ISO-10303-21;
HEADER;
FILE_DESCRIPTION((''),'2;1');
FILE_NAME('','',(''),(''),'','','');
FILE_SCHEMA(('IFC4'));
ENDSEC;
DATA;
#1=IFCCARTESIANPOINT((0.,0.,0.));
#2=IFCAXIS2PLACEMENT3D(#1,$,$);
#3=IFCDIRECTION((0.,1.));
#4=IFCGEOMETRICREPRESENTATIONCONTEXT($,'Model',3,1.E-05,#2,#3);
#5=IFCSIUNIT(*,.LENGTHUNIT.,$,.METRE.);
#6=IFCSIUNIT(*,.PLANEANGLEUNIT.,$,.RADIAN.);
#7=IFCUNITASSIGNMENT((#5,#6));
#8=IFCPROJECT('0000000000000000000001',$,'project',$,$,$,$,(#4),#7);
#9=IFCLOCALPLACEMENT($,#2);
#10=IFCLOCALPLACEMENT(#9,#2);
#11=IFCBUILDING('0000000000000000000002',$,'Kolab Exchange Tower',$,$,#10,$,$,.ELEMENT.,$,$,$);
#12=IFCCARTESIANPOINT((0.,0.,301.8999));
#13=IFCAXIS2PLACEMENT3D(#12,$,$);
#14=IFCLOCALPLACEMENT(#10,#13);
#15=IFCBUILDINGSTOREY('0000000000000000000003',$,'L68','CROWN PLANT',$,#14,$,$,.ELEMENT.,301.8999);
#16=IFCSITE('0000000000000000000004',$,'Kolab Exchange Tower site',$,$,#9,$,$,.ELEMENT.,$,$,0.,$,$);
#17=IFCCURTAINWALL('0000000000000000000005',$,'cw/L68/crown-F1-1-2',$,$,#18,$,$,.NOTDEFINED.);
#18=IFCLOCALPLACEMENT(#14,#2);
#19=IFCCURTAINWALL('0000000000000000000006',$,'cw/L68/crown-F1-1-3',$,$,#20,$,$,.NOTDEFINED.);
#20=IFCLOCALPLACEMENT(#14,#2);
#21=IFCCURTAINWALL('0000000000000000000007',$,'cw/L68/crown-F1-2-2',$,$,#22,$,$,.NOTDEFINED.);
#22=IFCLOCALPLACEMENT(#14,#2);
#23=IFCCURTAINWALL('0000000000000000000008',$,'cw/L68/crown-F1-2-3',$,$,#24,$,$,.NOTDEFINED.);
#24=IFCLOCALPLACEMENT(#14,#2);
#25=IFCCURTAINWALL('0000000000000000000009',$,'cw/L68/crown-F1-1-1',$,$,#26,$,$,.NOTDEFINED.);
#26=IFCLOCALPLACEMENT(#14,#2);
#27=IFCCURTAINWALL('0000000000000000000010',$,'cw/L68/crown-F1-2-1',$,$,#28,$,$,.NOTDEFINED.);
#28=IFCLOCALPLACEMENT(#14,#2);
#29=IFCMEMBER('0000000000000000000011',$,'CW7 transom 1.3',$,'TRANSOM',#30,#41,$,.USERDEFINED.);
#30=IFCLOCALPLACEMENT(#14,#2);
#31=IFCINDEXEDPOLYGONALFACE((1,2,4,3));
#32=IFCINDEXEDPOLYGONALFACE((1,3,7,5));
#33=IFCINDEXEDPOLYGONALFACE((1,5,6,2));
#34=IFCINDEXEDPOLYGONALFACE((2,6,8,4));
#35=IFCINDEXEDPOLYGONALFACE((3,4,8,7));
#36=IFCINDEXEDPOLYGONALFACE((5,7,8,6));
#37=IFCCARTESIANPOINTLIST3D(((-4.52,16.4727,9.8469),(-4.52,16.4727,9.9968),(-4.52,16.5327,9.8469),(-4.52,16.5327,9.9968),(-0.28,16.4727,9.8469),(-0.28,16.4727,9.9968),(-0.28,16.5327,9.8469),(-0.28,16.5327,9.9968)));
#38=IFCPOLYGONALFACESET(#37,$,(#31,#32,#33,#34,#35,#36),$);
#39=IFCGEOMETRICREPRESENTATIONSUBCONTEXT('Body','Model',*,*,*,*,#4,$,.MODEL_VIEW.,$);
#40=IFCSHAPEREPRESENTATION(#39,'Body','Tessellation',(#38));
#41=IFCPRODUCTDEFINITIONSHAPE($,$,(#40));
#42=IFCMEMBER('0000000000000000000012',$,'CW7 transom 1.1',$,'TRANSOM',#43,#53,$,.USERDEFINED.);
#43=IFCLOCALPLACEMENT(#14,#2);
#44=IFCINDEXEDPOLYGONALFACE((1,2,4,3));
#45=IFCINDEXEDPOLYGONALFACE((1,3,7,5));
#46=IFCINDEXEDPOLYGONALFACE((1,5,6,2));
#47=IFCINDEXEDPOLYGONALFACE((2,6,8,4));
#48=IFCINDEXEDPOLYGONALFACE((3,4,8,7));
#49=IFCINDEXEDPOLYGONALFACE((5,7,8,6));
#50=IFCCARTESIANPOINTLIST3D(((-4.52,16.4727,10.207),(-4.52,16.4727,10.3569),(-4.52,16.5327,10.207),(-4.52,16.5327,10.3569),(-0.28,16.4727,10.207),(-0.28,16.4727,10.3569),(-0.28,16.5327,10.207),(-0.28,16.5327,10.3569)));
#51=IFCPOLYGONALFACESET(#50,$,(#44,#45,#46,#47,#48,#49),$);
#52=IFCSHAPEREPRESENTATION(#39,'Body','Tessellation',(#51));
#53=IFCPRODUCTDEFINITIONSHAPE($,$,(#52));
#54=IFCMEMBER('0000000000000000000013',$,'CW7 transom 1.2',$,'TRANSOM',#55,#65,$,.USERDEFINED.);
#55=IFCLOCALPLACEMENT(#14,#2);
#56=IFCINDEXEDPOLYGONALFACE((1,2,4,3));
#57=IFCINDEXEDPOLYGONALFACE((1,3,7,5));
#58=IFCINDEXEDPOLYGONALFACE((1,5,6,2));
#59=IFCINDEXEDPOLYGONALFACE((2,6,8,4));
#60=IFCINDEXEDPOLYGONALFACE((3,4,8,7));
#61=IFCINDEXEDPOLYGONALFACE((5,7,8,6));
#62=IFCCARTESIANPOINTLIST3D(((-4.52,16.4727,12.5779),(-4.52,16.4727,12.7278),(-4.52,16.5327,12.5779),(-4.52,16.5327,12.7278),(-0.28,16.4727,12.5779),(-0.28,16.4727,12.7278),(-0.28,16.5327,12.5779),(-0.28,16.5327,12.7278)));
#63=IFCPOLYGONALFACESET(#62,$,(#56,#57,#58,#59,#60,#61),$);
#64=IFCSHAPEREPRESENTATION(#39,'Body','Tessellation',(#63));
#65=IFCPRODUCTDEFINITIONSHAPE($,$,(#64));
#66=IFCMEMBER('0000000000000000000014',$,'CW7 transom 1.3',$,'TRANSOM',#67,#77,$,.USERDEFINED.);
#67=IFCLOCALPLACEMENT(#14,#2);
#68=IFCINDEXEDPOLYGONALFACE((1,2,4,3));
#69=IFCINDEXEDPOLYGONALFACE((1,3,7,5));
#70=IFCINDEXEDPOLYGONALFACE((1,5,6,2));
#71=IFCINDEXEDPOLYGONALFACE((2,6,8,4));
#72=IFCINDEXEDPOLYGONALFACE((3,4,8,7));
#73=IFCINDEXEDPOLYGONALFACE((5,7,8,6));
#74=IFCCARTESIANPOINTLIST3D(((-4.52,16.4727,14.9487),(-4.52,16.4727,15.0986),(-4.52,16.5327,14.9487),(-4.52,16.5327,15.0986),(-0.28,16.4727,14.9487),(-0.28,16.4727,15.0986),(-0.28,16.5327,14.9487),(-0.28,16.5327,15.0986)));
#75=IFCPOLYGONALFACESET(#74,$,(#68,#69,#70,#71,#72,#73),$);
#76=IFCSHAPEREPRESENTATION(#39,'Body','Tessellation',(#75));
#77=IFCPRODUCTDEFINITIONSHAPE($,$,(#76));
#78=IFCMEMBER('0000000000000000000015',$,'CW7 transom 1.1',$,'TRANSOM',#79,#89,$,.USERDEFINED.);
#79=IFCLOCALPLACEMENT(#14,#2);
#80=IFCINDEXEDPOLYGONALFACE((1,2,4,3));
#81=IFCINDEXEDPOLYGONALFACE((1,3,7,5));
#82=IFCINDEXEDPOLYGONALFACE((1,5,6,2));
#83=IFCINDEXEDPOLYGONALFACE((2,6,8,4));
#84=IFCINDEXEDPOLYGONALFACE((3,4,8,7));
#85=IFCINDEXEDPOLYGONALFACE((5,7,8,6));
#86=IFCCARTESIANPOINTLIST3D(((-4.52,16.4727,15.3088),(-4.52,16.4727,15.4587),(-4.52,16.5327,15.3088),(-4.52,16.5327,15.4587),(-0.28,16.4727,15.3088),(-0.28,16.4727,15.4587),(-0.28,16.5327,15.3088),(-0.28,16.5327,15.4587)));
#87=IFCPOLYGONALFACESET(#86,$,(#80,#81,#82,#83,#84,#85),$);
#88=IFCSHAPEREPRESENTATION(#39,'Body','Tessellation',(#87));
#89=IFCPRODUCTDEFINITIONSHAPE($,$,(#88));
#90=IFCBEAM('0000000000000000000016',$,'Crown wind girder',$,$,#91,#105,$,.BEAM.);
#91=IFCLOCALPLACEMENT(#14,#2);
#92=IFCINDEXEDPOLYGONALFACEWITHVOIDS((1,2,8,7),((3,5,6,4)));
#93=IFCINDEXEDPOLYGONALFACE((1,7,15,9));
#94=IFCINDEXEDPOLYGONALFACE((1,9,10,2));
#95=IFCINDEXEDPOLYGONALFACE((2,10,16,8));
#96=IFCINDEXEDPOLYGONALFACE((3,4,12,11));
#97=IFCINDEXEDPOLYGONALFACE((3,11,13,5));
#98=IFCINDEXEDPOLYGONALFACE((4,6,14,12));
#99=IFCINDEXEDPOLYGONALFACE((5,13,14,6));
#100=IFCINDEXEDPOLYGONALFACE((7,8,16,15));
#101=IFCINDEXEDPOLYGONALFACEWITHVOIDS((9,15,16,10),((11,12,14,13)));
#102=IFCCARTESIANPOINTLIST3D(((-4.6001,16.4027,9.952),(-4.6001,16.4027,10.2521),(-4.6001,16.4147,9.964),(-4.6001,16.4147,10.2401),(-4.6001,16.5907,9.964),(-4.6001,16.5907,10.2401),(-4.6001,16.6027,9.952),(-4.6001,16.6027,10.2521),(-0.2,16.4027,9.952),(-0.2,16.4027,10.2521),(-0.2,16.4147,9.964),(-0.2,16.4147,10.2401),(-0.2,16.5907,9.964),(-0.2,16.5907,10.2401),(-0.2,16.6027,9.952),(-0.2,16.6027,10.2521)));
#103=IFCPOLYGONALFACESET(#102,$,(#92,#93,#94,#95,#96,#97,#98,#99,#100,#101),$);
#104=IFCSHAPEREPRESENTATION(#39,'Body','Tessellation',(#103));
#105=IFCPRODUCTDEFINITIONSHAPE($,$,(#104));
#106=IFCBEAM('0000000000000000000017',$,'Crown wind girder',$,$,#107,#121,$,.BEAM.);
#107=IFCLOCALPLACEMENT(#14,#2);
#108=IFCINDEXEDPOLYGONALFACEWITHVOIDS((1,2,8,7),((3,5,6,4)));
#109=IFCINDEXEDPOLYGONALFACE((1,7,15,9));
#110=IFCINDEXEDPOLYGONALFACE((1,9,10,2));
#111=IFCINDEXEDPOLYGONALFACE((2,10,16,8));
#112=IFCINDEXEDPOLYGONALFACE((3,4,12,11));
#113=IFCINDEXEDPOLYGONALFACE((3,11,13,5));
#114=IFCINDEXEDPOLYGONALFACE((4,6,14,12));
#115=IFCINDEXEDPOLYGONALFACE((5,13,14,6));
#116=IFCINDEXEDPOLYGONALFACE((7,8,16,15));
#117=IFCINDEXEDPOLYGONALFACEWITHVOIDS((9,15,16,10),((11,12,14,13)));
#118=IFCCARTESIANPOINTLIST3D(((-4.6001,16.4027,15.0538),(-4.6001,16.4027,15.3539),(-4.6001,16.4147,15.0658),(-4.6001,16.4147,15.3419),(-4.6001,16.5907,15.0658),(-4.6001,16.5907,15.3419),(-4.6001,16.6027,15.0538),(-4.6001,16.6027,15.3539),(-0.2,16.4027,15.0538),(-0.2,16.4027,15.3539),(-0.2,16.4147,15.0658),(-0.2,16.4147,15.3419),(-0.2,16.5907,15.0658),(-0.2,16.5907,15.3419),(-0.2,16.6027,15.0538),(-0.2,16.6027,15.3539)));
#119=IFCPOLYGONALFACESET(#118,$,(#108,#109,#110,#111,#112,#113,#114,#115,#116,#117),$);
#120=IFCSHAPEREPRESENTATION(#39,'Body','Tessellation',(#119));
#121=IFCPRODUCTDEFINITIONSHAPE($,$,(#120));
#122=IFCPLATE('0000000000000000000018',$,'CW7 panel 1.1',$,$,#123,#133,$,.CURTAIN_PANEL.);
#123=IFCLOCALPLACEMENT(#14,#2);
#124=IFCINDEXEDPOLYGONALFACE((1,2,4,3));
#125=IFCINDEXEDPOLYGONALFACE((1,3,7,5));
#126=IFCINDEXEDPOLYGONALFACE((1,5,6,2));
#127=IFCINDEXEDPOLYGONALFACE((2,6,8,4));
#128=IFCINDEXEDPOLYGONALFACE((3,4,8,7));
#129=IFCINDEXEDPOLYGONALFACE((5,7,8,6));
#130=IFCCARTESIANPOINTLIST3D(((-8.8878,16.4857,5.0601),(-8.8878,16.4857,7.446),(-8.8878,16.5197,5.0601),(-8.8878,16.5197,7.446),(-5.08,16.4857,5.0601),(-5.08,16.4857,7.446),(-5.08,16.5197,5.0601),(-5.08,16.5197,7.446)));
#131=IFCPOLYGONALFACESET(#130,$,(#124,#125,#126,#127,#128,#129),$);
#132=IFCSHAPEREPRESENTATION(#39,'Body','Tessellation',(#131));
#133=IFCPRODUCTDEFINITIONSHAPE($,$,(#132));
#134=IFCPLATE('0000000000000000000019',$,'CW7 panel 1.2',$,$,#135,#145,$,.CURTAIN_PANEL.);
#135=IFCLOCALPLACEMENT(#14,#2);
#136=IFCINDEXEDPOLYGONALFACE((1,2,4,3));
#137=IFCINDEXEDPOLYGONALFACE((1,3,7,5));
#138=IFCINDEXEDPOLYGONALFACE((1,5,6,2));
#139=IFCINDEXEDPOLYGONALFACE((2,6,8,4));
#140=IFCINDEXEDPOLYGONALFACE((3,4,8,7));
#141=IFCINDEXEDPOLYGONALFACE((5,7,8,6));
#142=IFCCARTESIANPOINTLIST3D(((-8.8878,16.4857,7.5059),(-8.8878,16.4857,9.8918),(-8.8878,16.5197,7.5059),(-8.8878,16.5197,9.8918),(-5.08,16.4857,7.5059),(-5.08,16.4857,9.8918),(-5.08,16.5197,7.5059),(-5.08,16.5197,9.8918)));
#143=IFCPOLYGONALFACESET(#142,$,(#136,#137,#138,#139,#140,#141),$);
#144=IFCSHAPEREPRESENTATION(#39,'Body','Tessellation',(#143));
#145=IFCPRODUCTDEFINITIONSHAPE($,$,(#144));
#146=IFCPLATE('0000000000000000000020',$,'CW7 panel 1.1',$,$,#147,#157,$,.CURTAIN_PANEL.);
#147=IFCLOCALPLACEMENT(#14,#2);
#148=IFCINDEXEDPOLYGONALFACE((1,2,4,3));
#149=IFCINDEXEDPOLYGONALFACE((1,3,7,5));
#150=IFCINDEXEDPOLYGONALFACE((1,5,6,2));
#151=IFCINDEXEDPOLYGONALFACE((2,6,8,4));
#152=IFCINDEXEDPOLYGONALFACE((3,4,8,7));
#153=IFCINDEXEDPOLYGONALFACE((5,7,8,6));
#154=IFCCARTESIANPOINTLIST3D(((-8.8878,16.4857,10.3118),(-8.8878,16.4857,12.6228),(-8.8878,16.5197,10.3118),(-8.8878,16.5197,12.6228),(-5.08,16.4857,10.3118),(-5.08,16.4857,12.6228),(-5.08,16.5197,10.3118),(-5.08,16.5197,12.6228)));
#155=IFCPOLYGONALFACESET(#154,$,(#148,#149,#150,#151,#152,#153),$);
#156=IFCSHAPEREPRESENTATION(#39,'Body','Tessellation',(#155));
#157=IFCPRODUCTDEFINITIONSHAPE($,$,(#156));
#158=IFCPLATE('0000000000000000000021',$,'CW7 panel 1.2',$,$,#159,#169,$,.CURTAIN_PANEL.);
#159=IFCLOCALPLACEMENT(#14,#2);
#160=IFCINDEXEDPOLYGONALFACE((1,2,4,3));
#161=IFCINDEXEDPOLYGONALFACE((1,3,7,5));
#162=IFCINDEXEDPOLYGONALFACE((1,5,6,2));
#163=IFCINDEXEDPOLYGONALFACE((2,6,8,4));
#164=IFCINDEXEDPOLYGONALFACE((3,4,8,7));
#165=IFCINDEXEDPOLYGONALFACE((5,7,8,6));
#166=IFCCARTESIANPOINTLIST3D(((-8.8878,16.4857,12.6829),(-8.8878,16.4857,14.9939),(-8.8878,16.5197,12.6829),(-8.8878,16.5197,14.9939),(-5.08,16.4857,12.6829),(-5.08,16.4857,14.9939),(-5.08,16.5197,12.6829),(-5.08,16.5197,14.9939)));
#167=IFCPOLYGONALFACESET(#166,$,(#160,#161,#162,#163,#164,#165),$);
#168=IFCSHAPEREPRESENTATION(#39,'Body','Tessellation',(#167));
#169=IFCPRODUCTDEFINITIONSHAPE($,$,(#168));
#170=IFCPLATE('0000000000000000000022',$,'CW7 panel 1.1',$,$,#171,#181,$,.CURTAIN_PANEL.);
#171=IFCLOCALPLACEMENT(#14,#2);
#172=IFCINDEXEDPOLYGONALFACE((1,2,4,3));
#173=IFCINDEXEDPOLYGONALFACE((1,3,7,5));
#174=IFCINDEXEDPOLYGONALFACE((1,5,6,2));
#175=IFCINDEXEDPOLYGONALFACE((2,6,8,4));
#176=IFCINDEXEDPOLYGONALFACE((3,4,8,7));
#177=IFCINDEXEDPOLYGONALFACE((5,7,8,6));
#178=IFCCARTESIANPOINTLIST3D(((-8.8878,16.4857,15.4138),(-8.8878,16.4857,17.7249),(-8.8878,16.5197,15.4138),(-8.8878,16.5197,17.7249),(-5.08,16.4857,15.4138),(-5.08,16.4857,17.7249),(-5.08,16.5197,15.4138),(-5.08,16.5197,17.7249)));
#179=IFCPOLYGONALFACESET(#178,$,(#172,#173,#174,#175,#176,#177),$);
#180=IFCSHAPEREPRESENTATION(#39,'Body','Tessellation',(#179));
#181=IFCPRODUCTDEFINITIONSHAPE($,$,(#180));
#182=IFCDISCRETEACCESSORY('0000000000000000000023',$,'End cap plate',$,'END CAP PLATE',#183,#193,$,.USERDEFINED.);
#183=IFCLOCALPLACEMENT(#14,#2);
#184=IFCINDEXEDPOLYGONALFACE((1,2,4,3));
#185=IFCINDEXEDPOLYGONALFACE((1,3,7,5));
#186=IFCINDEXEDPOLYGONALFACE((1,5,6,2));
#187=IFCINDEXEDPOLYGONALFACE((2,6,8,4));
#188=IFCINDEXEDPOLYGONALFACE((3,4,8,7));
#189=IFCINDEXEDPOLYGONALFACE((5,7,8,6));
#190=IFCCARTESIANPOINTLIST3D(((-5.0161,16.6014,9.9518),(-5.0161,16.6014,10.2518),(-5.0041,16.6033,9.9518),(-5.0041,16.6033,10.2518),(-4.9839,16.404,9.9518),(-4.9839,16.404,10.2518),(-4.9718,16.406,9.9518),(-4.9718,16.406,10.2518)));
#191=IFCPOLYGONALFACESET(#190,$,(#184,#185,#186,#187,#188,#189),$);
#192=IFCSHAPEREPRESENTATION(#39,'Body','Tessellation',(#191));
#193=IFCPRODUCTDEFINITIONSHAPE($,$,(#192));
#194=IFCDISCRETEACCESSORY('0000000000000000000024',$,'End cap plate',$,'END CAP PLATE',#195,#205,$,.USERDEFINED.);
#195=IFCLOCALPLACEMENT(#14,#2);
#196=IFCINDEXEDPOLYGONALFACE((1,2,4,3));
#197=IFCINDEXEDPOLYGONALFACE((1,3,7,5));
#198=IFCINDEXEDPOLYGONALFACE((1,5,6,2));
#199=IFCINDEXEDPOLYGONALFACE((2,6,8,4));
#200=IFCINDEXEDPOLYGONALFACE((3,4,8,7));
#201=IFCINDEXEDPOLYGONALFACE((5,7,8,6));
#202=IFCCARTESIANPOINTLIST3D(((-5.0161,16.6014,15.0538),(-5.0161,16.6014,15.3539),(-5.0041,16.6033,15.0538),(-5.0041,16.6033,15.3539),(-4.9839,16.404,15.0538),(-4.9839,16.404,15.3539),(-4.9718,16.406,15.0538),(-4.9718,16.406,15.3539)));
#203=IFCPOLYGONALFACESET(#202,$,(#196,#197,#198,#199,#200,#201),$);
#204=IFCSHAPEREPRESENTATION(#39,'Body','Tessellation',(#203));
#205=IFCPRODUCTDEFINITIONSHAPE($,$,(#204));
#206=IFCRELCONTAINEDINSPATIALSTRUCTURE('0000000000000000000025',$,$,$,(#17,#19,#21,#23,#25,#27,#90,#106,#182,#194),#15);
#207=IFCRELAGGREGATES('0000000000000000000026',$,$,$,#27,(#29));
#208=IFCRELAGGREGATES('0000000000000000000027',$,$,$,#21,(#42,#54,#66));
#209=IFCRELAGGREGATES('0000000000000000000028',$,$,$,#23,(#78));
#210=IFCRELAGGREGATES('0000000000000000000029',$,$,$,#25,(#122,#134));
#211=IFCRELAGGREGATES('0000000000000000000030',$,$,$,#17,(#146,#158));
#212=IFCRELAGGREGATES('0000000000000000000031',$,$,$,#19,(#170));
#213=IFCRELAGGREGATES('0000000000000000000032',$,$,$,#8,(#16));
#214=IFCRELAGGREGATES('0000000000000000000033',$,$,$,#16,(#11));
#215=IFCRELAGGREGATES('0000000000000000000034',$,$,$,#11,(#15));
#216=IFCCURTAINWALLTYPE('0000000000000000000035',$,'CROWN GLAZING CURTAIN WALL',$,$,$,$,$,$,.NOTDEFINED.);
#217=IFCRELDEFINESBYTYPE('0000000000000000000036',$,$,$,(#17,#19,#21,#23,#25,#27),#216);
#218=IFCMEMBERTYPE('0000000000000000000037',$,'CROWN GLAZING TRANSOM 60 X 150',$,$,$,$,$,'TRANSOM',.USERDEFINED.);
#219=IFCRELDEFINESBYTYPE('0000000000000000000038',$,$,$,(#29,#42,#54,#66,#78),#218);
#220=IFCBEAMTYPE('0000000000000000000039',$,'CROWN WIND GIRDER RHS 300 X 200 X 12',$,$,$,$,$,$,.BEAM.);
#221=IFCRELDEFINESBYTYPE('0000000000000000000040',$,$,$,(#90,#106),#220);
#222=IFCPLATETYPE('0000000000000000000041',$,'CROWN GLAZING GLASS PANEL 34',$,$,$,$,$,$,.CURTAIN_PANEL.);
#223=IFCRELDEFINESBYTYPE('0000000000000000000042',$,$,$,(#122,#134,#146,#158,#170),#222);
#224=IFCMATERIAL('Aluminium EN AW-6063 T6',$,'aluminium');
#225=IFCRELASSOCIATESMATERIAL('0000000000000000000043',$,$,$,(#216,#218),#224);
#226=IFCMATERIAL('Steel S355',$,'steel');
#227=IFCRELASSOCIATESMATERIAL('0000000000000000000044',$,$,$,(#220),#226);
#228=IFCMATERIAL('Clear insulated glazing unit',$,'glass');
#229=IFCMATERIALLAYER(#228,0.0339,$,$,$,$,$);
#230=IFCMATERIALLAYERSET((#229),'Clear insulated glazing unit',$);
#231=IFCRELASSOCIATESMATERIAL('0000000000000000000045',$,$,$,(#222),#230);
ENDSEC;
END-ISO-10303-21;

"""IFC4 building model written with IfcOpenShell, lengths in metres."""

from ifc_helpers import new_model, si_unit, direction, frame, origin, origin_2d, place, context, subcontext, project, spatial, rectangle, hollow_rectangle, extrude, material, layer, layer_set, material_profile, profile_set, type_object, element, aggregate, save


model = new_model("IFC4")

# Units and contexts
model_context = context("Model", 3, precision=1e-05, world=origin(), true_north=direction((0.0, 1.0)))
body_context = subcontext(model_context, "Body", "Model", "MODEL_VIEW")
ifc_project = project(units=[si_unit("LENGTHUNIT", "METRE"), si_unit("PLANEANGLEUNIT", "RADIAN")], contexts=[model_context])

# Site, building, storey
site_placement = place(None, origin())
site = spatial("IfcSite", under=ifc_project, at=site_placement, Name="Kolab Exchange Tower site", CompositionType="ELEMENT", RefElevation=0.0)
building_placement = place(site_placement, origin())
building = spatial("IfcBuilding", under=site, at=building_placement, Name="Kolab Exchange Tower", CompositionType="ELEMENT")
storey_placement = place(building_placement, frame((0.0, 0.0, 301.8999)))
storey = spatial("IfcBuildingStorey", under=building, at=storey_placement, Name="L68", Description="CROWN PLANT", CompositionType="ELEMENT", Elevation=301.8999)

# Curtain walls
ifc_material_1 = material(Name="Aluminium EN AW-6063 T6", Category="aluminium")
curtain_wall_type = type_object("IfcCurtainWallType", Name="CROWN GLAZING CURTAIN WALL", PredefinedType="NOTDEFINED", material=ifc_material_1)
curtain_wall_1_placement = place(storey_placement, origin())
curtain_wall_1 = element("IfcCurtainWall", 1, at=curtain_wall_1_placement, inside=storey, type_object=curtain_wall_type, Name="cw/L68/crown-F1-1-2", PredefinedType="NOTDEFINED")
curtain_wall_2_placement = place(storey_placement, origin())
curtain_wall_2 = element("IfcCurtainWall", 2, at=curtain_wall_2_placement, inside=storey, type_object=curtain_wall_type, Name="cw/L68/crown-F1-1-3", PredefinedType="NOTDEFINED")

# Curtain walls
curtain_wall_3_placement = place(storey_placement, origin())
curtain_wall_3 = element("IfcCurtainWall", 3, at=curtain_wall_3_placement, inside=storey, type_object=curtain_wall_type, Name="cw/L68/crown-F1-2-2", PredefinedType="NOTDEFINED")
curtain_wall_4_placement = place(storey_placement, origin())
curtain_wall_4 = element("IfcCurtainWall", 4, at=curtain_wall_4_placement, inside=storey, type_object=curtain_wall_type, Name="cw/L68/crown-F1-2-3", PredefinedType="NOTDEFINED")

# Curtain wall
curtain_wall_5_placement = place(storey_placement, origin())
curtain_wall_5 = element("IfcCurtainWall", 5, at=curtain_wall_5_placement, inside=storey, type_object=curtain_wall_type, Name="cw/L68/crown-F1-1-1", PredefinedType="NOTDEFINED")
ifc_material_profile_1 = material_profile(ifc_material_1, rectangle(XDim=0.0601, YDim=0.1499, at=origin_2d()), Name="RECT 60X150")
ifc_profile_set_1 = profile_set([ifc_material_profile_1], Name="Aluminium EN AW-6063 T6")
member_type_1 = type_object("IfcMemberType", Name="CROWN GLAZING TRANSOM 60 X 150", ElementType="TRANSOM", PredefinedType="USERDEFINED", material=ifc_profile_set_1)

# Curtain wall, member
curtain_wall_6_placement = place(storey_placement, origin())
curtain_wall_6 = element("IfcCurtainWall", 6, at=curtain_wall_6_placement, inside=storey, type_object=curtain_wall_type, Name="cw/L68/crown-F1-2-1", PredefinedType="NOTDEFINED")
member_1_placement = place(storey_placement, frame((-4.52, 16.5027, 9.9219), z_axis=(1.0, 0.0, 0.0), x_axis=(0.0, 1.0, 0.0)))
member_1 = element("IfcMember", 7, at=member_1_placement, type_object=member_type_1, Name="CW7 transom 1.3", ObjectType="TRANSOM", PredefinedType="USERDEFINED", context=body_context, shape_type="SweptSolid", body=[
    extrude(rectangle(XDim=0.0601, YDim=0.1499, at=origin_2d()), origin(), (0.0, 0.0, 1.0), 4.24),
])
aggregate(curtain_wall_6, [member_1])

# Members
member_2_placement = place(storey_placement, frame((-4.52, 16.5027, 10.282), z_axis=(1.0, 0.0, 0.0), x_axis=(0.0, 1.0, 0.0)))
member_2 = element("IfcMember", 8, at=member_2_placement, type_object=member_type_1, Name="CW7 transom 1.1", ObjectType="TRANSOM", PredefinedType="USERDEFINED", context=body_context, shape_type="SweptSolid", body=[
    extrude(rectangle(XDim=0.0601, YDim=0.1499, at=origin_2d()), origin(), (0.0, 0.0, 1.0), 4.24),
])
member_3_placement = place(storey_placement, frame((-4.52, 16.5027, 12.6528), z_axis=(1.0, 0.0, 0.0), x_axis=(0.0, 1.0, 0.0)))
member_3 = element("IfcMember", 9, at=member_3_placement, type_object=member_type_1, Name="CW7 transom 1.2", ObjectType="TRANSOM", PredefinedType="USERDEFINED", context=body_context, shape_type="SweptSolid", body=[
    extrude(rectangle(XDim=0.0601, YDim=0.1499, at=origin_2d()), origin(), (0.0, 0.0, 1.0), 4.24),
])
member_4_placement = place(storey_placement, frame((-4.52, 16.5027, 15.0237), z_axis=(1.0, 0.0, 0.0), x_axis=(0.0, 1.0, 0.0)))
member_4 = element("IfcMember", 10, at=member_4_placement, type_object=member_type_1, Name="CW7 transom 1.3", ObjectType="TRANSOM", PredefinedType="USERDEFINED", context=body_context, shape_type="SweptSolid", body=[
    extrude(rectangle(XDim=0.0601, YDim=0.1499, at=origin_2d()), origin(), (0.0, 0.0, 1.0), 4.24),
])
aggregate(curtain_wall_3, [member_2, member_3, member_4])
member_5_placement = place(storey_placement, frame((-4.52, 16.5027, 15.3838), z_axis=(1.0, 0.0, 0.0), x_axis=(0.0, 1.0, 0.0)))
member_5 = element("IfcMember", 11, at=member_5_placement, type_object=member_type_1, Name="CW7 transom 1.1", ObjectType="TRANSOM", PredefinedType="USERDEFINED", context=body_context, shape_type="SweptSolid", body=[
    extrude(rectangle(XDim=0.0601, YDim=0.1499, at=origin_2d()), origin(), (0.0, 0.0, 1.0), 4.24),
])
aggregate(curtain_wall_4, [member_5])

# Beams
ifc_material_2 = material(Name="Steel S355", Category="steel")
ifc_material_profile_2 = material_profile(ifc_material_2, hollow_rectangle(XDim=0.2, YDim=0.3, WallThickness=0.012, at=origin_2d()), Name="RHS300X200X12")
ifc_profile_set_2 = profile_set([ifc_material_profile_2], Name="Steel S355")
beam_type = type_object("IfcBeamType", Name="CROWN WIND GIRDER RHS 300 X 200 X 12", PredefinedType="BEAM", material=ifc_profile_set_2)
for number, where, z_axis, x_axis, name in (
    (12, (-4.6001, 16.5027, 10.1021), (1.0, 0.0, 0.0), (0.0, 1.0, 0.0), "Crown wind girder"),
    (13, (-4.6001, 16.5027, 15.2039), (1.0, 0.0, 0.0), (0.0, 1.0, 0.0), "Crown wind girder"),
):
    element("IfcBeam", number, at=place(storey_placement, frame(where, z_axis=z_axis, x_axis=x_axis)), inside=storey, type_object=beam_type, Name=name, PredefinedType="BEAM", context=body_context, shape_type="SweptSolid", body=[
        extrude(hollow_rectangle(XDim=0.2, YDim=0.3, WallThickness=0.012, at=origin_2d()), origin(), (0.0, 0.0, 1.0), 4.4001),
    ])

# Plates
ifc_material_3 = material(Name="Clear insulated glazing unit", Category="glass")
ifc_layer = layer(ifc_material_3, 0.0339)
ifc_layer_set = layer_set([ifc_layer], Name="Clear insulated glazing unit")
plate_type = type_object("IfcPlateType", Name="CROWN GLAZING GLASS PANEL 34", PredefinedType="CURTAIN_PANEL", material=ifc_layer_set)
plate_1_placement = place(storey_placement, frame((-6.9839, 16.5027, 5.0601), z_axis=(0.0, 0.0, 1.0), x_axis=(1.0, 0.0, 0.0)))
plate_1 = element("IfcPlate", 14, at=plate_1_placement, type_object=plate_type, Name="CW7 panel 1.1", PredefinedType="CURTAIN_PANEL", context=body_context, shape_type="SweptSolid", body=[
    extrude(rectangle(XDim=3.8079, YDim=0.0339, at=origin_2d()), origin(), (0.0, 0.0, 1.0), 2.386),
])
plate_2_placement = place(storey_placement, frame((-6.9839, 16.5027, 7.5059), z_axis=(0.0, 0.0, 1.0), x_axis=(1.0, 0.0, 0.0)))
plate_2 = element("IfcPlate", 15, at=plate_2_placement, type_object=plate_type, Name="CW7 panel 1.2", PredefinedType="CURTAIN_PANEL", context=body_context, shape_type="SweptSolid", body=[
    extrude(rectangle(XDim=3.8079, YDim=0.0339, at=origin_2d()), origin(), (0.0, 0.0, 1.0), 2.386),
])
aggregate(curtain_wall_5, [plate_1, plate_2])
plate_3_placement = place(storey_placement, frame((-6.9839, 16.5027, 10.3118), z_axis=(0.0, 0.0, 1.0), x_axis=(1.0, 0.0, 0.0)))
plate_3 = element("IfcPlate", 16, at=plate_3_placement, type_object=plate_type, Name="CW7 panel 1.1", PredefinedType="CURTAIN_PANEL", context=body_context, shape_type="SweptSolid", body=[
    extrude(rectangle(XDim=3.8079, YDim=0.0339, at=origin_2d()), origin(), (0.0, 0.0, 1.0), 2.311),
])
plate_4_placement = place(storey_placement, frame((-6.9839, 16.5027, 12.6829), z_axis=(0.0, 0.0, 1.0), x_axis=(1.0, 0.0, 0.0)))
plate_4 = element("IfcPlate", 17, at=plate_4_placement, type_object=plate_type, Name="CW7 panel 1.2", PredefinedType="CURTAIN_PANEL", context=body_context, shape_type="SweptSolid", body=[
    extrude(rectangle(XDim=3.8079, YDim=0.0339, at=origin_2d()), origin(), (0.0, 0.0, 1.0), 2.311),
])
aggregate(curtain_wall_1, [plate_3, plate_4])
plate_5_placement = place(storey_placement, frame((-6.9839, 16.5027, 15.4138), z_axis=(0.0, 0.0, 1.0), x_axis=(1.0, 0.0, 0.0)))
plate_5 = element("IfcPlate", 18, at=plate_5_placement, type_object=plate_type, Name="CW7 panel 1.1", PredefinedType="CURTAIN_PANEL", context=body_context, shape_type="SweptSolid", body=[
    extrude(rectangle(XDim=3.8079, YDim=0.0339, at=origin_2d()), origin(), (0.0, 0.0, 1.0), 2.311),
])
aggregate(curtain_wall_2, [plate_5])

# Discrete accessories
for number, where, z_axis, x_axis, name in (
    (19, (-5.0, 16.5027, 10.1018), (0.986933, 0.161132, 0.0), (-0.161132, 0.986933, 0.0), "End cap plate"),
    (20, (-5.0, 16.5027, 15.2039), (0.986933, 0.161132, 0.0), (-0.161132, 0.986933, 0.0), "End cap plate"),
):
    element("IfcDiscreteAccessory", number, at=place(storey_placement, frame(where, z_axis=z_axis, x_axis=x_axis)), inside=storey, Name=name, ObjectType="END CAP PLATE", PredefinedType="USERDEFINED", context=body_context, shape_type="SweptSolid", body=[
        extrude(rectangle(XDim=0.2, YDim=0.3, at=origin_2d()), origin(), (0.0, 0.0, 1.0), 0.0122),
    ])

save(model, "model.ifc")
